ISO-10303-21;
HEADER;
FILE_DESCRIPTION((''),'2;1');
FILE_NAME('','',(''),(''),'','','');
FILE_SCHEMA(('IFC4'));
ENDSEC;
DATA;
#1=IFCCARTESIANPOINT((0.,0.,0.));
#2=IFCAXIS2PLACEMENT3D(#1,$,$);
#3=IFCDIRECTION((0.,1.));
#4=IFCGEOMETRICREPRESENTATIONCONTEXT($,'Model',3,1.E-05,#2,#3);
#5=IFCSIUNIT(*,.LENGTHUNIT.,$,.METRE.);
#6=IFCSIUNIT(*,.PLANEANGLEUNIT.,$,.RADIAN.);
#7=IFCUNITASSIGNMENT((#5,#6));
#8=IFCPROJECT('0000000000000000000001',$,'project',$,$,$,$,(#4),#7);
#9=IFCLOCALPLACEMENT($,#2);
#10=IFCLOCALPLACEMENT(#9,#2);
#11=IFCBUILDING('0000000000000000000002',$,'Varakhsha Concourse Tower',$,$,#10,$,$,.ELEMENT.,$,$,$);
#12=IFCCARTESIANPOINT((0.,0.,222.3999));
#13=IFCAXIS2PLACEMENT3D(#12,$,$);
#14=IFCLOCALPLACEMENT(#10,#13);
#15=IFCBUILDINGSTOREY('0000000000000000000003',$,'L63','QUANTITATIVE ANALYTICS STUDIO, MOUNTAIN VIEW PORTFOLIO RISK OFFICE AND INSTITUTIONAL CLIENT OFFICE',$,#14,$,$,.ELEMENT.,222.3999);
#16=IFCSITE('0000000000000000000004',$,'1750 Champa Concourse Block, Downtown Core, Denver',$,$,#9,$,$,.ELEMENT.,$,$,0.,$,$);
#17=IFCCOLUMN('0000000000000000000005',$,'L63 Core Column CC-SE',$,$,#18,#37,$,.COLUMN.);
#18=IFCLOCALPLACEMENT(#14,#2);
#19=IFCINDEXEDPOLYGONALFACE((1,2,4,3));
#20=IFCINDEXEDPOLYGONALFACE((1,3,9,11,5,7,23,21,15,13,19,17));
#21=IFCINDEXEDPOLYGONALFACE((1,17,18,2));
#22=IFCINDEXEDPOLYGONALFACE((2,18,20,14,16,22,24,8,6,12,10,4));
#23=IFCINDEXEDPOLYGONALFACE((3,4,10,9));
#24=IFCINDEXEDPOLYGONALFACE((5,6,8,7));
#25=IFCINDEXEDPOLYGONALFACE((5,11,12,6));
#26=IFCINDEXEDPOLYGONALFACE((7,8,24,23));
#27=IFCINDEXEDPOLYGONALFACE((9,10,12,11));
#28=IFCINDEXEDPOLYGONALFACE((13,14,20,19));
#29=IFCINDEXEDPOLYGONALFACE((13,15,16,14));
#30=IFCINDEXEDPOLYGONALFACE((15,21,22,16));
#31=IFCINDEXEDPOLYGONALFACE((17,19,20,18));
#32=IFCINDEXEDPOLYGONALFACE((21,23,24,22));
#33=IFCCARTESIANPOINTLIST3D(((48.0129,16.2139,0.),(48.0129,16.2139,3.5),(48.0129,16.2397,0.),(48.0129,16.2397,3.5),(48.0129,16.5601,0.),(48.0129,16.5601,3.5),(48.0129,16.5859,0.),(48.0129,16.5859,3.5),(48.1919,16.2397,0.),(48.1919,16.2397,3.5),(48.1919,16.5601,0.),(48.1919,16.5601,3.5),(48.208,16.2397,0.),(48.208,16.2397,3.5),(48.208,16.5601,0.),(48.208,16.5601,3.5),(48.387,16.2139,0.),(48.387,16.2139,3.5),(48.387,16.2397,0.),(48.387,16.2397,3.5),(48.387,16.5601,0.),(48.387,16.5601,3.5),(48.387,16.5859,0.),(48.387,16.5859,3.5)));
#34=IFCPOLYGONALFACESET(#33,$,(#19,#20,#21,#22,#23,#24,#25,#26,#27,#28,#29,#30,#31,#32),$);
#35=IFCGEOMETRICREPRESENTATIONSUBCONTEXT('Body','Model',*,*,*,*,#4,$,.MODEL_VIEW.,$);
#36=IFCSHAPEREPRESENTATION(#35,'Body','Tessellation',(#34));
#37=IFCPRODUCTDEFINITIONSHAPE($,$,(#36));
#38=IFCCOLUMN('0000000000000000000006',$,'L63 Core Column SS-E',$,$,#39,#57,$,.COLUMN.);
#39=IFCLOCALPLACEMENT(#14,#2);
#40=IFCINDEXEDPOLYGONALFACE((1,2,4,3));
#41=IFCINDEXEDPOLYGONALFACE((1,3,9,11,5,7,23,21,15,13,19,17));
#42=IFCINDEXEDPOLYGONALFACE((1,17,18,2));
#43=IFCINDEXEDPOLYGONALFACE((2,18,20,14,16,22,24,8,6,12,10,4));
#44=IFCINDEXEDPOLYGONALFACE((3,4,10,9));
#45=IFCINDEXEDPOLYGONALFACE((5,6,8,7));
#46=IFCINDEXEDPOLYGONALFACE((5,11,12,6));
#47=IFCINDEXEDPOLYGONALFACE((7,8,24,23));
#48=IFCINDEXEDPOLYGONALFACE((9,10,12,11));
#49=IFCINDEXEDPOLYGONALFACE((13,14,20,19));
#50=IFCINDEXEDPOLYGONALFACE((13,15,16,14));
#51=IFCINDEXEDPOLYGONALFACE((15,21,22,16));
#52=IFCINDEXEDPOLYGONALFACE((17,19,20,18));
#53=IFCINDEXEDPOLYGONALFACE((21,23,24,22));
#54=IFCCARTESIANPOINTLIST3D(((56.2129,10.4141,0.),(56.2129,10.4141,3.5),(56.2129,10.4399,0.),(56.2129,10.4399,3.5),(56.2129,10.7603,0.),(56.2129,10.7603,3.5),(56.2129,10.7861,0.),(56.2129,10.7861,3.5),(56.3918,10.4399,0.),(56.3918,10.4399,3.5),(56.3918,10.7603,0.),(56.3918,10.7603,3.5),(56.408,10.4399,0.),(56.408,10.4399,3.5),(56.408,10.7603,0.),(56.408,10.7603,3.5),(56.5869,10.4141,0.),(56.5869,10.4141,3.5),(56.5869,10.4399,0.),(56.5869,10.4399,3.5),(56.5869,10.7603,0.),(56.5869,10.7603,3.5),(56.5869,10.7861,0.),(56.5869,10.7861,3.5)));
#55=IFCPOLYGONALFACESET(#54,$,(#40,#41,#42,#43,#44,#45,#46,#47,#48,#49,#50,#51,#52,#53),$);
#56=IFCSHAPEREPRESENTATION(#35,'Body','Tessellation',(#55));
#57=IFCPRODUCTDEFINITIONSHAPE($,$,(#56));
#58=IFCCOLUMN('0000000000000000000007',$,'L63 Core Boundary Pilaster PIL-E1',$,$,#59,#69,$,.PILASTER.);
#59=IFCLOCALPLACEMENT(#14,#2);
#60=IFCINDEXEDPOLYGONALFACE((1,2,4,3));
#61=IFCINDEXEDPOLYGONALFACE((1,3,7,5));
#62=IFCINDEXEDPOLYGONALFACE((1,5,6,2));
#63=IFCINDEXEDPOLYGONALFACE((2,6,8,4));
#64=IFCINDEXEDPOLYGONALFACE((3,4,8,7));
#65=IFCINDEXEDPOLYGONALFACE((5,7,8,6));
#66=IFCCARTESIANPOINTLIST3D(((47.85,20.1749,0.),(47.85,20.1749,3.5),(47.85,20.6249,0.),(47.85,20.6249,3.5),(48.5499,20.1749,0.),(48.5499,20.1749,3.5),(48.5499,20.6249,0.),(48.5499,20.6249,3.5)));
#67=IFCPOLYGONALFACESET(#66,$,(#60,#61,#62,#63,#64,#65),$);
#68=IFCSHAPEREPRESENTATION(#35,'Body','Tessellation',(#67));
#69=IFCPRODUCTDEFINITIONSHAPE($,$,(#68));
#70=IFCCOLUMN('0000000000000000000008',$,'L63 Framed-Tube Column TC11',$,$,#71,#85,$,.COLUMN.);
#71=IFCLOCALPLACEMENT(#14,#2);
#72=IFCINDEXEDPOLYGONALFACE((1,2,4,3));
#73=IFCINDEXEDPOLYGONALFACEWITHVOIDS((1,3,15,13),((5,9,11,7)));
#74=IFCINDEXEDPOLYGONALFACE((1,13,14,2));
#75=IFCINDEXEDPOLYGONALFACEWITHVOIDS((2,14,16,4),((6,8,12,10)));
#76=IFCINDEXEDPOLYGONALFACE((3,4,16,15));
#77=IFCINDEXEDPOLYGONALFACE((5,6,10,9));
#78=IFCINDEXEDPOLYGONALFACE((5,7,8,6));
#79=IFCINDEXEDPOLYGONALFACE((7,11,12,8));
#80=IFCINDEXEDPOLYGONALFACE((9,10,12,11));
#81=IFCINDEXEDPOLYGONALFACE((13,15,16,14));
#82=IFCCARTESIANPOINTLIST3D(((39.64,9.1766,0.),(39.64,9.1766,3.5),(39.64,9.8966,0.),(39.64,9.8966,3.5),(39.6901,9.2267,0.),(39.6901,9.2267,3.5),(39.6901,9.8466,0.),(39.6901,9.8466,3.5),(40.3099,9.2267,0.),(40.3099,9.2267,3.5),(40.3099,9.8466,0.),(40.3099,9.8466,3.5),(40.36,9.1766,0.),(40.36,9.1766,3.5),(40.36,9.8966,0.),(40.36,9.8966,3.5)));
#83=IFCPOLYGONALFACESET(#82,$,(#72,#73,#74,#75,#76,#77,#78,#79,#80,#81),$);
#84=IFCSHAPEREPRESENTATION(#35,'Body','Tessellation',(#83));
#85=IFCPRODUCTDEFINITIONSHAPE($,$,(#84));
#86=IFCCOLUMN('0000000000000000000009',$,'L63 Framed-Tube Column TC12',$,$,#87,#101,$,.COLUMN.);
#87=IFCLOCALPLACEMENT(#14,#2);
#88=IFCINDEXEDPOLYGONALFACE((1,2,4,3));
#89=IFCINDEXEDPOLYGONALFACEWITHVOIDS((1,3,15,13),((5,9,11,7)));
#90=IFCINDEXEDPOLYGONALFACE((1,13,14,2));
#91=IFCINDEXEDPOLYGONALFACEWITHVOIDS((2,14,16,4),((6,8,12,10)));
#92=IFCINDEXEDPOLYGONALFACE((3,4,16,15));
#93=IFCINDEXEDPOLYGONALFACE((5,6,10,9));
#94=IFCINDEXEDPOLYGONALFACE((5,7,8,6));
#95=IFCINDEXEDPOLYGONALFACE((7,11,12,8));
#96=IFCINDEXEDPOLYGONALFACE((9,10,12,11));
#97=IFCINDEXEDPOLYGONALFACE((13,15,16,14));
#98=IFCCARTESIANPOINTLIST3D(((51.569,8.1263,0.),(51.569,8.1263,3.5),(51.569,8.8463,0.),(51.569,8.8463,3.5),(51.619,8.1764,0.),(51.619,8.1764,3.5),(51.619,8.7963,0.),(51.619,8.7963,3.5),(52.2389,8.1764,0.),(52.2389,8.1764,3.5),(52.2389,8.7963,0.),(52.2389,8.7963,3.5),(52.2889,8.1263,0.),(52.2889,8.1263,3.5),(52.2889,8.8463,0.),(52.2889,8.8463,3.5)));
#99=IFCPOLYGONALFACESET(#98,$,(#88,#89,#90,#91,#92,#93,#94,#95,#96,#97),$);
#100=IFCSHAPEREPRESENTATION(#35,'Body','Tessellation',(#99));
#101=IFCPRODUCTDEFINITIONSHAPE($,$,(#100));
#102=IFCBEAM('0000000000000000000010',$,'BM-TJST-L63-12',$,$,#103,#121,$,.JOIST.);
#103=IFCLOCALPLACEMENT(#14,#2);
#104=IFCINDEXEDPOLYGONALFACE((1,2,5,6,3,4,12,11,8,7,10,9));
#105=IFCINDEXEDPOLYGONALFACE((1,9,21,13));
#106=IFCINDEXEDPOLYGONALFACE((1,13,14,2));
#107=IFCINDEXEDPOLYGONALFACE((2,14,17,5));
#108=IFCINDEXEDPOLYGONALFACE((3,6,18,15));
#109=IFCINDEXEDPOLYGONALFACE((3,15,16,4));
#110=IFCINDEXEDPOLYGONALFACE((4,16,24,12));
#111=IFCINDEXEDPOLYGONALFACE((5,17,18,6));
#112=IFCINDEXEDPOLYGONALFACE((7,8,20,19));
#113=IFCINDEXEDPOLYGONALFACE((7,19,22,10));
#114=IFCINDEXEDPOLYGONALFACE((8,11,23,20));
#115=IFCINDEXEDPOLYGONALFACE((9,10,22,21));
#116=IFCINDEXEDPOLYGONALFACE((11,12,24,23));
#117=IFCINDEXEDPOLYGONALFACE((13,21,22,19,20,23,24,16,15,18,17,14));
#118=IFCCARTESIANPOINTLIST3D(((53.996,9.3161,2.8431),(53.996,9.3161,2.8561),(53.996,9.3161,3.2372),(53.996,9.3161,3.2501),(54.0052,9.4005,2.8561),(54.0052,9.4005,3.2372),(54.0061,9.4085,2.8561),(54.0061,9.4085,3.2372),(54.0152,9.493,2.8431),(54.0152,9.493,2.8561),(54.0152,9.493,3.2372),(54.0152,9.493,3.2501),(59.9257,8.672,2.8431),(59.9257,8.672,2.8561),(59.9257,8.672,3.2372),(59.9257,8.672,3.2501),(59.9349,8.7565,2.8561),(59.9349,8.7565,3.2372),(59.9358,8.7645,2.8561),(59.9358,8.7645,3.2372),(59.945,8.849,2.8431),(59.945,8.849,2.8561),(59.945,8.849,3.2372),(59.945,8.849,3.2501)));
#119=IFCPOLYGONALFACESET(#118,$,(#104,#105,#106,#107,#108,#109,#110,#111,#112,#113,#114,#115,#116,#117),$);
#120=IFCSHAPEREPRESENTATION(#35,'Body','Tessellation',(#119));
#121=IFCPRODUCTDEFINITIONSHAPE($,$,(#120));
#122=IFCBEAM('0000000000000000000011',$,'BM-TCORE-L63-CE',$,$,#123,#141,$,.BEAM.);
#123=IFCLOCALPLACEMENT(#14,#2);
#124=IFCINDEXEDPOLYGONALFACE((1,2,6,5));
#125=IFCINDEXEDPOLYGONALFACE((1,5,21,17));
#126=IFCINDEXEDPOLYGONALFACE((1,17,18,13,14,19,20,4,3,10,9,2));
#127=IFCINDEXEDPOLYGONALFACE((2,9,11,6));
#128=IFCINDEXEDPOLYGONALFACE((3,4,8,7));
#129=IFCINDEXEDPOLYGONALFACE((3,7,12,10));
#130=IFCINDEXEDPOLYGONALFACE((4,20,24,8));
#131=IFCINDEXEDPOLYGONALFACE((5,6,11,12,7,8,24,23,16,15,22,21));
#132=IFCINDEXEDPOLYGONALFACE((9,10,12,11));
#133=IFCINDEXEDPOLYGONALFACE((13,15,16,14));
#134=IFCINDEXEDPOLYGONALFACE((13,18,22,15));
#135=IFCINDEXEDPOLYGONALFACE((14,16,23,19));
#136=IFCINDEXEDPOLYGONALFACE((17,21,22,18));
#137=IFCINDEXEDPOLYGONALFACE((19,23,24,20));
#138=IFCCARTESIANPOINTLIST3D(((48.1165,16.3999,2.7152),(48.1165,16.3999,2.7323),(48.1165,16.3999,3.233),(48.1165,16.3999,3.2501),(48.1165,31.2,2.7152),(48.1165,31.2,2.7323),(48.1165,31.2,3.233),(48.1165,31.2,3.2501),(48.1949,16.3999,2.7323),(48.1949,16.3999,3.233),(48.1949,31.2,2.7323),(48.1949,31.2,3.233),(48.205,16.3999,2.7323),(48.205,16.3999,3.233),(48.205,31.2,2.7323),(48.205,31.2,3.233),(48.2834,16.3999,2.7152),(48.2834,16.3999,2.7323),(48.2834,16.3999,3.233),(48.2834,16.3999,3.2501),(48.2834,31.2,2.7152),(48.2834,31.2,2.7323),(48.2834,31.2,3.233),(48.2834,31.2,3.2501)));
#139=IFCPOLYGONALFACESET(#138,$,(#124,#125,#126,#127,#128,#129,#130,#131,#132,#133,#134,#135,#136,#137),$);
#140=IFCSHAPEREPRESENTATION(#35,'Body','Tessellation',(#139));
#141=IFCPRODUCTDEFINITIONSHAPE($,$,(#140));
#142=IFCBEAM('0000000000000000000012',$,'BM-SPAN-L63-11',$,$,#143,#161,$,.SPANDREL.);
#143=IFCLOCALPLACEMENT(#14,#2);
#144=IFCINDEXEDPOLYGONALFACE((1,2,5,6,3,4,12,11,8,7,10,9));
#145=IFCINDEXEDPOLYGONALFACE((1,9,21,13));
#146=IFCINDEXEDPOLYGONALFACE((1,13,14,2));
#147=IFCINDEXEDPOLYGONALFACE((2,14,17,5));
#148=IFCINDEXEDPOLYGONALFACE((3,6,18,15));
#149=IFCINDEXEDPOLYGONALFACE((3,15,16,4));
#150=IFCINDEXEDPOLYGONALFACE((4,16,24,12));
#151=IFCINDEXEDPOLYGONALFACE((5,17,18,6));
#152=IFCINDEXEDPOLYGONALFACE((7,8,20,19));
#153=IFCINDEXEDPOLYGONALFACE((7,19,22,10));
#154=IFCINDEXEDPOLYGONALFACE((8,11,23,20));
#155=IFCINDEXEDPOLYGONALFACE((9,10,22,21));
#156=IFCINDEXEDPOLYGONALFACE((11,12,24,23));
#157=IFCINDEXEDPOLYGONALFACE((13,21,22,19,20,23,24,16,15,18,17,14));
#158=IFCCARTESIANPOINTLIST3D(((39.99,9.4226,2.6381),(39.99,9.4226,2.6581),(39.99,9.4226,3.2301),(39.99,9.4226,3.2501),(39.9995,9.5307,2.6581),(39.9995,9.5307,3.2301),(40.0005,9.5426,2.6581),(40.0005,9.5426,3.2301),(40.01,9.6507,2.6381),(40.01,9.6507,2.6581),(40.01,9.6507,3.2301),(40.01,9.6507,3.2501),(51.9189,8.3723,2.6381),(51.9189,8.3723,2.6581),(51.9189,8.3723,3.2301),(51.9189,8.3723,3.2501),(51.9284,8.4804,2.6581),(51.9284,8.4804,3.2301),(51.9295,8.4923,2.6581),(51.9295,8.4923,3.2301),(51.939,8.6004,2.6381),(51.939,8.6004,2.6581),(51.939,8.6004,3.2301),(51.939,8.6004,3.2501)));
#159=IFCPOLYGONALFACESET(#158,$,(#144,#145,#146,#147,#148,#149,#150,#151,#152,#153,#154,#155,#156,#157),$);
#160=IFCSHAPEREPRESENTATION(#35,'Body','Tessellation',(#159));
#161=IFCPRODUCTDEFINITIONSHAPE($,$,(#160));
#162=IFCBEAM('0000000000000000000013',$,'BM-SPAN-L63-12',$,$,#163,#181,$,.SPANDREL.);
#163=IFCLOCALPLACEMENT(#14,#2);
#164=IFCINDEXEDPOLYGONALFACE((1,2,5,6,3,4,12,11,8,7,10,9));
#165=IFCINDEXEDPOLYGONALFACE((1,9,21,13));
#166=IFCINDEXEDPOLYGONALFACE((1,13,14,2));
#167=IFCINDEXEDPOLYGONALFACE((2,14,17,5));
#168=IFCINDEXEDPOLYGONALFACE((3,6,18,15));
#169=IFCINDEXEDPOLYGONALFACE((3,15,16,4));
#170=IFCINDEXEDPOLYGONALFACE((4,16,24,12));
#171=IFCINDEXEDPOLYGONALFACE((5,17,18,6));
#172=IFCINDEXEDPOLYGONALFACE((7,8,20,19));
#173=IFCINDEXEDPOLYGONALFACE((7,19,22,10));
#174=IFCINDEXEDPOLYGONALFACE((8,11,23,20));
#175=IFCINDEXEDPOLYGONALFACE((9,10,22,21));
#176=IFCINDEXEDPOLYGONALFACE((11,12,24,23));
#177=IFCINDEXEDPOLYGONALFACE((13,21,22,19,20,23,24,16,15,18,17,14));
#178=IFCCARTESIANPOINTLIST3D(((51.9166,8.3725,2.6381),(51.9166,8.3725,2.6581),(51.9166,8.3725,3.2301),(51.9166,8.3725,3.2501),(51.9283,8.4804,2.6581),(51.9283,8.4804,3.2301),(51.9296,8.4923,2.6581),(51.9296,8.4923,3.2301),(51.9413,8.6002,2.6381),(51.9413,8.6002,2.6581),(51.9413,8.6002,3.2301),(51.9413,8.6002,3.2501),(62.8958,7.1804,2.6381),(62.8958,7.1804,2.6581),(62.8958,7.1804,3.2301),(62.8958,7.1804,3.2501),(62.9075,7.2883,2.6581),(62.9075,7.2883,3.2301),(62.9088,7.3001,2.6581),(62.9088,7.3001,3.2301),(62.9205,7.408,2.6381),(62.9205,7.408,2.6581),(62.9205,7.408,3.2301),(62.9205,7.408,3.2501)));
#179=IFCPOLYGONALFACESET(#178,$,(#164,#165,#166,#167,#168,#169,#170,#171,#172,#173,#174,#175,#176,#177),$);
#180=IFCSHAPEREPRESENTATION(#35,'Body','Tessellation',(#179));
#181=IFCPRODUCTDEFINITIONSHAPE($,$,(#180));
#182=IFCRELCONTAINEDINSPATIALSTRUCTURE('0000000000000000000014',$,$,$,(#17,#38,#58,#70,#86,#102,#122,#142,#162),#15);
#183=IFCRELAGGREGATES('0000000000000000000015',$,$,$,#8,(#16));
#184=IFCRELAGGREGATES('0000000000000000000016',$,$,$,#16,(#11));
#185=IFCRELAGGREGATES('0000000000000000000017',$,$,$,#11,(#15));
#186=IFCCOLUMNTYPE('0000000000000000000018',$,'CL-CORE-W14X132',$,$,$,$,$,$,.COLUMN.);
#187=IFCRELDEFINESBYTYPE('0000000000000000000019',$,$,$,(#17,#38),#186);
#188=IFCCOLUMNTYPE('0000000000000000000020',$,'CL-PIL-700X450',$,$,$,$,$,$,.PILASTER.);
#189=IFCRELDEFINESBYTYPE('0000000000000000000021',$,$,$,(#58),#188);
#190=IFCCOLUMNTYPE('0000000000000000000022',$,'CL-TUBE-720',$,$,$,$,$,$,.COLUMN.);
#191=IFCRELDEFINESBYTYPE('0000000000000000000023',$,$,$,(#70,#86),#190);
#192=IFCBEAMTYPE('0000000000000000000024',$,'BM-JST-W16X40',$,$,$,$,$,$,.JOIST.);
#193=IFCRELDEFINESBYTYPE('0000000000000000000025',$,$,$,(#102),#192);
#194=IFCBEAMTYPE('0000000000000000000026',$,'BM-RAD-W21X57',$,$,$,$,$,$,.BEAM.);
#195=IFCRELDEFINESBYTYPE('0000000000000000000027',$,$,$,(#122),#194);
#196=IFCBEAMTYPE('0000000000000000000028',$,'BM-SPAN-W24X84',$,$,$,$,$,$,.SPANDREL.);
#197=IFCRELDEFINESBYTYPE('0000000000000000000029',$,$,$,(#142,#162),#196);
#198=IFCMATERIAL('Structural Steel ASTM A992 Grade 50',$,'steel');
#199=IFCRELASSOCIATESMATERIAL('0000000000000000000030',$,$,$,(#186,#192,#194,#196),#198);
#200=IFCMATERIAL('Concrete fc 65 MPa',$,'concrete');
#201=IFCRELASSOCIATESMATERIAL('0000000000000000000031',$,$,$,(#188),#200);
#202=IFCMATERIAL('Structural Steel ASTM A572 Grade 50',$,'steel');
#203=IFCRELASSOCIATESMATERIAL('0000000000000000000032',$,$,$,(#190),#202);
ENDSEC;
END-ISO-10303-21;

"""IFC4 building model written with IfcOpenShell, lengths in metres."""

from ifc_helpers import new_model, si_unit, direction, frame, origin, origin_2d, place, context, subcontext, project, spatial, rectangle, hollow_rectangle, i_section, extrude, material, material_profile, profile_set, type_object, element, save


model = new_model("IFC4")

# Units and contexts
model_context = context("Model", 3, precision=1e-05, world=origin(), true_north=direction((0.0, 1.0)))
body_context = subcontext(model_context, "Body", "Model", "MODEL_VIEW")
ifc_project = project(units=[si_unit("LENGTHUNIT", "METRE"), si_unit("PLANEANGLEUNIT", "RADIAN")], contexts=[model_context])

# Site, building, storey
site_placement = place(None, origin())
site = spatial("IfcSite", under=ifc_project, at=site_placement, Name="1750 Champa Concourse Block, Downtown Core, Denver", CompositionType="ELEMENT", RefElevation=0.0)
building_placement = place(site_placement, origin())
building = spatial("IfcBuilding", under=site, at=building_placement, Name="Varakhsha Concourse Tower", CompositionType="ELEMENT")
storey_placement = place(building_placement, frame((0.0, 0.0, 222.3999)))
storey = spatial("IfcBuildingStorey", under=building, at=storey_placement, Name="L63", Description="QUANTITATIVE ANALYTICS STUDIO, MOUNTAIN VIEW PORTFOLIO RISK OFFICE AND INSTITUTIONAL CLIENT OFFICE", CompositionType="ELEMENT", Elevation=222.3999)

# Columns
ifc_material_1 = material(Name="Structural Steel ASTM A992 Grade 50", Category="steel")
ifc_material_profile_1 = material_profile(ifc_material_1, i_section(OverallWidth=0.374, OverallDepth=0.3721, WebThickness=0.0161, FlangeThickness=0.0259, at=origin_2d()), Name="W14X132")
ifc_profile_set_1 = profile_set([ifc_material_profile_1], Name="Structural Steel ASTM A992 Grade 50")
column_type_1 = type_object("IfcColumnType", Name="CL-CORE-W14X132", PredefinedType="COLUMN", material=ifc_profile_set_1)
for number, where, z_axis, x_axis, name in (
    (1, (48.2, 16.3999, 0.0), (0.0, 0.0, 1.0), (1.0, 0.0, 0.0), "L63 Core Column CC-SE"),
    (2, (56.3999, 10.6001, 0.0), (0.0, 0.0, 1.0), (1.0, 0.0, 0.0), "L63 Core Column SS-E"),
):
    element("IfcColumn", number, at=place(storey_placement, frame(where, z_axis=z_axis, x_axis=x_axis)), inside=storey, type_object=column_type_1, Name=name, PredefinedType="COLUMN", context=body_context, shape_type="SweptSolid", body=[
        extrude(i_section(OverallWidth=0.374, OverallDepth=0.3721, WebThickness=0.0161, FlangeThickness=0.0259, at=origin_2d()), origin(), (0.0, 0.0, 1.0), 3.5),
    ])
ifc_material_2 = material(Name="Concrete fc 65 MPa", Category="concrete")
ifc_material_profile_2 = material_profile(ifc_material_2, rectangle(XDim=0.7, YDim=0.45, at=origin_2d()), Name="RC 700x450")
ifc_profile_set_2 = profile_set([ifc_material_profile_2], Name="Concrete fc 65 MPa")
column_type_2 = type_object("IfcColumnType", Name="CL-PIL-700X450", PredefinedType="PILASTER", material=ifc_profile_set_2)
column_placement = place(storey_placement, frame((48.2, 20.3999, 0.0), z_axis=(0.0, 0.0, 1.0), x_axis=(1.0, 0.0, 0.0)))
element("IfcColumn", 3, at=column_placement, inside=storey, type_object=column_type_2, Name="L63 Core Boundary Pilaster PIL-E1", PredefinedType="PILASTER", context=body_context, shape_type="SweptSolid", body=[
    extrude(rectangle(XDim=0.7, YDim=0.45, at=origin_2d()), origin(), (0.0, 0.0, 1.0), 3.5),
])
ifc_material_3 = material(Name="Structural Steel ASTM A572 Grade 50", Category="steel")
ifc_material_profile_3 = material_profile(ifc_material_3, hollow_rectangle(XDim=0.72, YDim=0.72, WallThickness=0.05, at=origin_2d()), Name="BOX 720x720x50")
ifc_profile_set_3 = profile_set([ifc_material_profile_3], Name="Structural Steel ASTM A572 Grade 50")
column_type_3 = type_object("IfcColumnType", Name="CL-TUBE-720", PredefinedType="COLUMN", material=ifc_profile_set_3)
for number, where, z_axis, x_axis, name in (
    (4, (40.0, 9.5366, 0.0), (0.0, 0.0, 1.0), (1.0, 0.0, 0.0), "L63 Framed-Tube Column TC11"),
    (5, (51.929, 8.4863, 0.0), (0.0, 0.0, 1.0), (1.0, 0.0, 0.0), "L63 Framed-Tube Column TC12"),
):
    element("IfcColumn", number, at=place(storey_placement, frame(where, z_axis=z_axis, x_axis=x_axis)), inside=storey, type_object=column_type_3, Name=name, PredefinedType="COLUMN", context=body_context, shape_type="SweptSolid", body=[
        extrude(hollow_rectangle(XDim=0.72, YDim=0.72, WallThickness=0.05, at=origin_2d()), origin(), (0.0, 0.0, 1.0), 3.5),
    ])

# Beams
ifc_material_profile_4 = material_profile(ifc_material_1, i_section(OverallWidth=0.178, OverallDepth=0.407, WebThickness=0.0081, FlangeThickness=0.0129, at=origin_2d()), Name="W16X40")
ifc_profile_set_4 = profile_set([ifc_material_profile_4], Name="Structural Steel ASTM A992 Grade 50")
beam_type_1 = type_object("IfcBeamType", Name="BM-JST-W16X40", PredefinedType="JOIST", material=ifc_profile_set_4)
beam_1_placement = place(storey_placement, frame((54.0056, 9.4045, 3.0466), z_axis=(0.994153, -0.107978, 0.0), x_axis=(0.107978, 0.994153, 0.0)))
element("IfcBeam", 6, at=beam_1_placement, inside=storey, type_object=beam_type_1, Name="BM-TJST-L63-12", PredefinedType="JOIST", context=body_context, shape_type="SweptSolid", body=[
    extrude(i_section(OverallWidth=0.178, OverallDepth=0.407, WebThickness=0.0081, FlangeThickness=0.0129, at=origin_2d()), origin(), (0.0, 0.0, 1.0), 5.9646),
])
ifc_material_profile_5 = material_profile(ifc_material_1, i_section(OverallWidth=0.167, OverallDepth=0.5349, WebThickness=0.01, FlangeThickness=0.0171, at=origin_2d()), Name="W21X57")
ifc_profile_set_5 = profile_set([ifc_material_profile_5], Name="Structural Steel ASTM A992 Grade 50")
beam_type_2 = type_object("IfcBeamType", Name="BM-RAD-W21X57", PredefinedType="BEAM", material=ifc_profile_set_5)
beam_2_placement = place(storey_placement, frame((48.2, 16.3999, 2.9827), z_axis=(0.0, 1.0, 0.0), x_axis=(-1.0, 0.0, 0.0)))
element("IfcBeam", 7, at=beam_2_placement, inside=storey, type_object=beam_type_2, Name="BM-TCORE-L63-CE", PredefinedType="BEAM", context=body_context, shape_type="SweptSolid", body=[
    extrude(i_section(OverallWidth=0.167, OverallDepth=0.5349, WebThickness=0.01, FlangeThickness=0.0171, at=origin_2d()), origin(), (0.0, 0.0, 1.0), 14.8),
])
ifc_material_profile_6 = material_profile(ifc_material_1, i_section(OverallWidth=0.229, OverallDepth=0.6121, WebThickness=0.012, FlangeThickness=0.02, at=origin_2d()), Name="W24X84")
ifc_profile_set_6 = profile_set([ifc_material_profile_6], Name="Structural Steel ASTM A992 Grade 50")
beam_type_3 = type_object("IfcBeamType", Name="BM-SPAN-W24X84", PredefinedType="SPANDREL", material=ifc_profile_set_6)
beam_3_placement = place(storey_placement, frame((40.0, 9.5366, 2.9441), z_axis=(0.996146, -0.087706, 0.0), x_axis=(0.087706, 0.996146, 0.0)))
element("IfcBeam", 8, at=beam_3_placement, inside=storey, type_object=beam_type_3, Name="BM-SPAN-L63-11", PredefinedType="SPANDREL", context=body_context, shape_type="SweptSolid", body=[
    extrude(i_section(OverallWidth=0.229, OverallDepth=0.6121, WebThickness=0.012, FlangeThickness=0.02, at=origin_2d()), origin(), (0.0, 0.0, 1.0), 11.9751),
])
beam_4_placement = place(storey_placement, frame((51.929, 8.4863, 2.9441), z_axis=(0.994157, -0.107947, 0.0), x_axis=(0.107947, 0.994157, 0.0)))
element("IfcBeam", 9, at=beam_4_placement, inside=storey, type_object=beam_type_3, Name="BM-SPAN-L63-12", PredefinedType="SPANDREL", context=body_context, shape_type="SweptSolid", body=[
    extrude(i_section(OverallWidth=0.229, OverallDepth=0.6121, WebThickness=0.012, FlangeThickness=0.02, at=origin_2d()), origin(), (0.0, 0.0, 1.0), 11.0437),
])

save(model, "model.ifc")
